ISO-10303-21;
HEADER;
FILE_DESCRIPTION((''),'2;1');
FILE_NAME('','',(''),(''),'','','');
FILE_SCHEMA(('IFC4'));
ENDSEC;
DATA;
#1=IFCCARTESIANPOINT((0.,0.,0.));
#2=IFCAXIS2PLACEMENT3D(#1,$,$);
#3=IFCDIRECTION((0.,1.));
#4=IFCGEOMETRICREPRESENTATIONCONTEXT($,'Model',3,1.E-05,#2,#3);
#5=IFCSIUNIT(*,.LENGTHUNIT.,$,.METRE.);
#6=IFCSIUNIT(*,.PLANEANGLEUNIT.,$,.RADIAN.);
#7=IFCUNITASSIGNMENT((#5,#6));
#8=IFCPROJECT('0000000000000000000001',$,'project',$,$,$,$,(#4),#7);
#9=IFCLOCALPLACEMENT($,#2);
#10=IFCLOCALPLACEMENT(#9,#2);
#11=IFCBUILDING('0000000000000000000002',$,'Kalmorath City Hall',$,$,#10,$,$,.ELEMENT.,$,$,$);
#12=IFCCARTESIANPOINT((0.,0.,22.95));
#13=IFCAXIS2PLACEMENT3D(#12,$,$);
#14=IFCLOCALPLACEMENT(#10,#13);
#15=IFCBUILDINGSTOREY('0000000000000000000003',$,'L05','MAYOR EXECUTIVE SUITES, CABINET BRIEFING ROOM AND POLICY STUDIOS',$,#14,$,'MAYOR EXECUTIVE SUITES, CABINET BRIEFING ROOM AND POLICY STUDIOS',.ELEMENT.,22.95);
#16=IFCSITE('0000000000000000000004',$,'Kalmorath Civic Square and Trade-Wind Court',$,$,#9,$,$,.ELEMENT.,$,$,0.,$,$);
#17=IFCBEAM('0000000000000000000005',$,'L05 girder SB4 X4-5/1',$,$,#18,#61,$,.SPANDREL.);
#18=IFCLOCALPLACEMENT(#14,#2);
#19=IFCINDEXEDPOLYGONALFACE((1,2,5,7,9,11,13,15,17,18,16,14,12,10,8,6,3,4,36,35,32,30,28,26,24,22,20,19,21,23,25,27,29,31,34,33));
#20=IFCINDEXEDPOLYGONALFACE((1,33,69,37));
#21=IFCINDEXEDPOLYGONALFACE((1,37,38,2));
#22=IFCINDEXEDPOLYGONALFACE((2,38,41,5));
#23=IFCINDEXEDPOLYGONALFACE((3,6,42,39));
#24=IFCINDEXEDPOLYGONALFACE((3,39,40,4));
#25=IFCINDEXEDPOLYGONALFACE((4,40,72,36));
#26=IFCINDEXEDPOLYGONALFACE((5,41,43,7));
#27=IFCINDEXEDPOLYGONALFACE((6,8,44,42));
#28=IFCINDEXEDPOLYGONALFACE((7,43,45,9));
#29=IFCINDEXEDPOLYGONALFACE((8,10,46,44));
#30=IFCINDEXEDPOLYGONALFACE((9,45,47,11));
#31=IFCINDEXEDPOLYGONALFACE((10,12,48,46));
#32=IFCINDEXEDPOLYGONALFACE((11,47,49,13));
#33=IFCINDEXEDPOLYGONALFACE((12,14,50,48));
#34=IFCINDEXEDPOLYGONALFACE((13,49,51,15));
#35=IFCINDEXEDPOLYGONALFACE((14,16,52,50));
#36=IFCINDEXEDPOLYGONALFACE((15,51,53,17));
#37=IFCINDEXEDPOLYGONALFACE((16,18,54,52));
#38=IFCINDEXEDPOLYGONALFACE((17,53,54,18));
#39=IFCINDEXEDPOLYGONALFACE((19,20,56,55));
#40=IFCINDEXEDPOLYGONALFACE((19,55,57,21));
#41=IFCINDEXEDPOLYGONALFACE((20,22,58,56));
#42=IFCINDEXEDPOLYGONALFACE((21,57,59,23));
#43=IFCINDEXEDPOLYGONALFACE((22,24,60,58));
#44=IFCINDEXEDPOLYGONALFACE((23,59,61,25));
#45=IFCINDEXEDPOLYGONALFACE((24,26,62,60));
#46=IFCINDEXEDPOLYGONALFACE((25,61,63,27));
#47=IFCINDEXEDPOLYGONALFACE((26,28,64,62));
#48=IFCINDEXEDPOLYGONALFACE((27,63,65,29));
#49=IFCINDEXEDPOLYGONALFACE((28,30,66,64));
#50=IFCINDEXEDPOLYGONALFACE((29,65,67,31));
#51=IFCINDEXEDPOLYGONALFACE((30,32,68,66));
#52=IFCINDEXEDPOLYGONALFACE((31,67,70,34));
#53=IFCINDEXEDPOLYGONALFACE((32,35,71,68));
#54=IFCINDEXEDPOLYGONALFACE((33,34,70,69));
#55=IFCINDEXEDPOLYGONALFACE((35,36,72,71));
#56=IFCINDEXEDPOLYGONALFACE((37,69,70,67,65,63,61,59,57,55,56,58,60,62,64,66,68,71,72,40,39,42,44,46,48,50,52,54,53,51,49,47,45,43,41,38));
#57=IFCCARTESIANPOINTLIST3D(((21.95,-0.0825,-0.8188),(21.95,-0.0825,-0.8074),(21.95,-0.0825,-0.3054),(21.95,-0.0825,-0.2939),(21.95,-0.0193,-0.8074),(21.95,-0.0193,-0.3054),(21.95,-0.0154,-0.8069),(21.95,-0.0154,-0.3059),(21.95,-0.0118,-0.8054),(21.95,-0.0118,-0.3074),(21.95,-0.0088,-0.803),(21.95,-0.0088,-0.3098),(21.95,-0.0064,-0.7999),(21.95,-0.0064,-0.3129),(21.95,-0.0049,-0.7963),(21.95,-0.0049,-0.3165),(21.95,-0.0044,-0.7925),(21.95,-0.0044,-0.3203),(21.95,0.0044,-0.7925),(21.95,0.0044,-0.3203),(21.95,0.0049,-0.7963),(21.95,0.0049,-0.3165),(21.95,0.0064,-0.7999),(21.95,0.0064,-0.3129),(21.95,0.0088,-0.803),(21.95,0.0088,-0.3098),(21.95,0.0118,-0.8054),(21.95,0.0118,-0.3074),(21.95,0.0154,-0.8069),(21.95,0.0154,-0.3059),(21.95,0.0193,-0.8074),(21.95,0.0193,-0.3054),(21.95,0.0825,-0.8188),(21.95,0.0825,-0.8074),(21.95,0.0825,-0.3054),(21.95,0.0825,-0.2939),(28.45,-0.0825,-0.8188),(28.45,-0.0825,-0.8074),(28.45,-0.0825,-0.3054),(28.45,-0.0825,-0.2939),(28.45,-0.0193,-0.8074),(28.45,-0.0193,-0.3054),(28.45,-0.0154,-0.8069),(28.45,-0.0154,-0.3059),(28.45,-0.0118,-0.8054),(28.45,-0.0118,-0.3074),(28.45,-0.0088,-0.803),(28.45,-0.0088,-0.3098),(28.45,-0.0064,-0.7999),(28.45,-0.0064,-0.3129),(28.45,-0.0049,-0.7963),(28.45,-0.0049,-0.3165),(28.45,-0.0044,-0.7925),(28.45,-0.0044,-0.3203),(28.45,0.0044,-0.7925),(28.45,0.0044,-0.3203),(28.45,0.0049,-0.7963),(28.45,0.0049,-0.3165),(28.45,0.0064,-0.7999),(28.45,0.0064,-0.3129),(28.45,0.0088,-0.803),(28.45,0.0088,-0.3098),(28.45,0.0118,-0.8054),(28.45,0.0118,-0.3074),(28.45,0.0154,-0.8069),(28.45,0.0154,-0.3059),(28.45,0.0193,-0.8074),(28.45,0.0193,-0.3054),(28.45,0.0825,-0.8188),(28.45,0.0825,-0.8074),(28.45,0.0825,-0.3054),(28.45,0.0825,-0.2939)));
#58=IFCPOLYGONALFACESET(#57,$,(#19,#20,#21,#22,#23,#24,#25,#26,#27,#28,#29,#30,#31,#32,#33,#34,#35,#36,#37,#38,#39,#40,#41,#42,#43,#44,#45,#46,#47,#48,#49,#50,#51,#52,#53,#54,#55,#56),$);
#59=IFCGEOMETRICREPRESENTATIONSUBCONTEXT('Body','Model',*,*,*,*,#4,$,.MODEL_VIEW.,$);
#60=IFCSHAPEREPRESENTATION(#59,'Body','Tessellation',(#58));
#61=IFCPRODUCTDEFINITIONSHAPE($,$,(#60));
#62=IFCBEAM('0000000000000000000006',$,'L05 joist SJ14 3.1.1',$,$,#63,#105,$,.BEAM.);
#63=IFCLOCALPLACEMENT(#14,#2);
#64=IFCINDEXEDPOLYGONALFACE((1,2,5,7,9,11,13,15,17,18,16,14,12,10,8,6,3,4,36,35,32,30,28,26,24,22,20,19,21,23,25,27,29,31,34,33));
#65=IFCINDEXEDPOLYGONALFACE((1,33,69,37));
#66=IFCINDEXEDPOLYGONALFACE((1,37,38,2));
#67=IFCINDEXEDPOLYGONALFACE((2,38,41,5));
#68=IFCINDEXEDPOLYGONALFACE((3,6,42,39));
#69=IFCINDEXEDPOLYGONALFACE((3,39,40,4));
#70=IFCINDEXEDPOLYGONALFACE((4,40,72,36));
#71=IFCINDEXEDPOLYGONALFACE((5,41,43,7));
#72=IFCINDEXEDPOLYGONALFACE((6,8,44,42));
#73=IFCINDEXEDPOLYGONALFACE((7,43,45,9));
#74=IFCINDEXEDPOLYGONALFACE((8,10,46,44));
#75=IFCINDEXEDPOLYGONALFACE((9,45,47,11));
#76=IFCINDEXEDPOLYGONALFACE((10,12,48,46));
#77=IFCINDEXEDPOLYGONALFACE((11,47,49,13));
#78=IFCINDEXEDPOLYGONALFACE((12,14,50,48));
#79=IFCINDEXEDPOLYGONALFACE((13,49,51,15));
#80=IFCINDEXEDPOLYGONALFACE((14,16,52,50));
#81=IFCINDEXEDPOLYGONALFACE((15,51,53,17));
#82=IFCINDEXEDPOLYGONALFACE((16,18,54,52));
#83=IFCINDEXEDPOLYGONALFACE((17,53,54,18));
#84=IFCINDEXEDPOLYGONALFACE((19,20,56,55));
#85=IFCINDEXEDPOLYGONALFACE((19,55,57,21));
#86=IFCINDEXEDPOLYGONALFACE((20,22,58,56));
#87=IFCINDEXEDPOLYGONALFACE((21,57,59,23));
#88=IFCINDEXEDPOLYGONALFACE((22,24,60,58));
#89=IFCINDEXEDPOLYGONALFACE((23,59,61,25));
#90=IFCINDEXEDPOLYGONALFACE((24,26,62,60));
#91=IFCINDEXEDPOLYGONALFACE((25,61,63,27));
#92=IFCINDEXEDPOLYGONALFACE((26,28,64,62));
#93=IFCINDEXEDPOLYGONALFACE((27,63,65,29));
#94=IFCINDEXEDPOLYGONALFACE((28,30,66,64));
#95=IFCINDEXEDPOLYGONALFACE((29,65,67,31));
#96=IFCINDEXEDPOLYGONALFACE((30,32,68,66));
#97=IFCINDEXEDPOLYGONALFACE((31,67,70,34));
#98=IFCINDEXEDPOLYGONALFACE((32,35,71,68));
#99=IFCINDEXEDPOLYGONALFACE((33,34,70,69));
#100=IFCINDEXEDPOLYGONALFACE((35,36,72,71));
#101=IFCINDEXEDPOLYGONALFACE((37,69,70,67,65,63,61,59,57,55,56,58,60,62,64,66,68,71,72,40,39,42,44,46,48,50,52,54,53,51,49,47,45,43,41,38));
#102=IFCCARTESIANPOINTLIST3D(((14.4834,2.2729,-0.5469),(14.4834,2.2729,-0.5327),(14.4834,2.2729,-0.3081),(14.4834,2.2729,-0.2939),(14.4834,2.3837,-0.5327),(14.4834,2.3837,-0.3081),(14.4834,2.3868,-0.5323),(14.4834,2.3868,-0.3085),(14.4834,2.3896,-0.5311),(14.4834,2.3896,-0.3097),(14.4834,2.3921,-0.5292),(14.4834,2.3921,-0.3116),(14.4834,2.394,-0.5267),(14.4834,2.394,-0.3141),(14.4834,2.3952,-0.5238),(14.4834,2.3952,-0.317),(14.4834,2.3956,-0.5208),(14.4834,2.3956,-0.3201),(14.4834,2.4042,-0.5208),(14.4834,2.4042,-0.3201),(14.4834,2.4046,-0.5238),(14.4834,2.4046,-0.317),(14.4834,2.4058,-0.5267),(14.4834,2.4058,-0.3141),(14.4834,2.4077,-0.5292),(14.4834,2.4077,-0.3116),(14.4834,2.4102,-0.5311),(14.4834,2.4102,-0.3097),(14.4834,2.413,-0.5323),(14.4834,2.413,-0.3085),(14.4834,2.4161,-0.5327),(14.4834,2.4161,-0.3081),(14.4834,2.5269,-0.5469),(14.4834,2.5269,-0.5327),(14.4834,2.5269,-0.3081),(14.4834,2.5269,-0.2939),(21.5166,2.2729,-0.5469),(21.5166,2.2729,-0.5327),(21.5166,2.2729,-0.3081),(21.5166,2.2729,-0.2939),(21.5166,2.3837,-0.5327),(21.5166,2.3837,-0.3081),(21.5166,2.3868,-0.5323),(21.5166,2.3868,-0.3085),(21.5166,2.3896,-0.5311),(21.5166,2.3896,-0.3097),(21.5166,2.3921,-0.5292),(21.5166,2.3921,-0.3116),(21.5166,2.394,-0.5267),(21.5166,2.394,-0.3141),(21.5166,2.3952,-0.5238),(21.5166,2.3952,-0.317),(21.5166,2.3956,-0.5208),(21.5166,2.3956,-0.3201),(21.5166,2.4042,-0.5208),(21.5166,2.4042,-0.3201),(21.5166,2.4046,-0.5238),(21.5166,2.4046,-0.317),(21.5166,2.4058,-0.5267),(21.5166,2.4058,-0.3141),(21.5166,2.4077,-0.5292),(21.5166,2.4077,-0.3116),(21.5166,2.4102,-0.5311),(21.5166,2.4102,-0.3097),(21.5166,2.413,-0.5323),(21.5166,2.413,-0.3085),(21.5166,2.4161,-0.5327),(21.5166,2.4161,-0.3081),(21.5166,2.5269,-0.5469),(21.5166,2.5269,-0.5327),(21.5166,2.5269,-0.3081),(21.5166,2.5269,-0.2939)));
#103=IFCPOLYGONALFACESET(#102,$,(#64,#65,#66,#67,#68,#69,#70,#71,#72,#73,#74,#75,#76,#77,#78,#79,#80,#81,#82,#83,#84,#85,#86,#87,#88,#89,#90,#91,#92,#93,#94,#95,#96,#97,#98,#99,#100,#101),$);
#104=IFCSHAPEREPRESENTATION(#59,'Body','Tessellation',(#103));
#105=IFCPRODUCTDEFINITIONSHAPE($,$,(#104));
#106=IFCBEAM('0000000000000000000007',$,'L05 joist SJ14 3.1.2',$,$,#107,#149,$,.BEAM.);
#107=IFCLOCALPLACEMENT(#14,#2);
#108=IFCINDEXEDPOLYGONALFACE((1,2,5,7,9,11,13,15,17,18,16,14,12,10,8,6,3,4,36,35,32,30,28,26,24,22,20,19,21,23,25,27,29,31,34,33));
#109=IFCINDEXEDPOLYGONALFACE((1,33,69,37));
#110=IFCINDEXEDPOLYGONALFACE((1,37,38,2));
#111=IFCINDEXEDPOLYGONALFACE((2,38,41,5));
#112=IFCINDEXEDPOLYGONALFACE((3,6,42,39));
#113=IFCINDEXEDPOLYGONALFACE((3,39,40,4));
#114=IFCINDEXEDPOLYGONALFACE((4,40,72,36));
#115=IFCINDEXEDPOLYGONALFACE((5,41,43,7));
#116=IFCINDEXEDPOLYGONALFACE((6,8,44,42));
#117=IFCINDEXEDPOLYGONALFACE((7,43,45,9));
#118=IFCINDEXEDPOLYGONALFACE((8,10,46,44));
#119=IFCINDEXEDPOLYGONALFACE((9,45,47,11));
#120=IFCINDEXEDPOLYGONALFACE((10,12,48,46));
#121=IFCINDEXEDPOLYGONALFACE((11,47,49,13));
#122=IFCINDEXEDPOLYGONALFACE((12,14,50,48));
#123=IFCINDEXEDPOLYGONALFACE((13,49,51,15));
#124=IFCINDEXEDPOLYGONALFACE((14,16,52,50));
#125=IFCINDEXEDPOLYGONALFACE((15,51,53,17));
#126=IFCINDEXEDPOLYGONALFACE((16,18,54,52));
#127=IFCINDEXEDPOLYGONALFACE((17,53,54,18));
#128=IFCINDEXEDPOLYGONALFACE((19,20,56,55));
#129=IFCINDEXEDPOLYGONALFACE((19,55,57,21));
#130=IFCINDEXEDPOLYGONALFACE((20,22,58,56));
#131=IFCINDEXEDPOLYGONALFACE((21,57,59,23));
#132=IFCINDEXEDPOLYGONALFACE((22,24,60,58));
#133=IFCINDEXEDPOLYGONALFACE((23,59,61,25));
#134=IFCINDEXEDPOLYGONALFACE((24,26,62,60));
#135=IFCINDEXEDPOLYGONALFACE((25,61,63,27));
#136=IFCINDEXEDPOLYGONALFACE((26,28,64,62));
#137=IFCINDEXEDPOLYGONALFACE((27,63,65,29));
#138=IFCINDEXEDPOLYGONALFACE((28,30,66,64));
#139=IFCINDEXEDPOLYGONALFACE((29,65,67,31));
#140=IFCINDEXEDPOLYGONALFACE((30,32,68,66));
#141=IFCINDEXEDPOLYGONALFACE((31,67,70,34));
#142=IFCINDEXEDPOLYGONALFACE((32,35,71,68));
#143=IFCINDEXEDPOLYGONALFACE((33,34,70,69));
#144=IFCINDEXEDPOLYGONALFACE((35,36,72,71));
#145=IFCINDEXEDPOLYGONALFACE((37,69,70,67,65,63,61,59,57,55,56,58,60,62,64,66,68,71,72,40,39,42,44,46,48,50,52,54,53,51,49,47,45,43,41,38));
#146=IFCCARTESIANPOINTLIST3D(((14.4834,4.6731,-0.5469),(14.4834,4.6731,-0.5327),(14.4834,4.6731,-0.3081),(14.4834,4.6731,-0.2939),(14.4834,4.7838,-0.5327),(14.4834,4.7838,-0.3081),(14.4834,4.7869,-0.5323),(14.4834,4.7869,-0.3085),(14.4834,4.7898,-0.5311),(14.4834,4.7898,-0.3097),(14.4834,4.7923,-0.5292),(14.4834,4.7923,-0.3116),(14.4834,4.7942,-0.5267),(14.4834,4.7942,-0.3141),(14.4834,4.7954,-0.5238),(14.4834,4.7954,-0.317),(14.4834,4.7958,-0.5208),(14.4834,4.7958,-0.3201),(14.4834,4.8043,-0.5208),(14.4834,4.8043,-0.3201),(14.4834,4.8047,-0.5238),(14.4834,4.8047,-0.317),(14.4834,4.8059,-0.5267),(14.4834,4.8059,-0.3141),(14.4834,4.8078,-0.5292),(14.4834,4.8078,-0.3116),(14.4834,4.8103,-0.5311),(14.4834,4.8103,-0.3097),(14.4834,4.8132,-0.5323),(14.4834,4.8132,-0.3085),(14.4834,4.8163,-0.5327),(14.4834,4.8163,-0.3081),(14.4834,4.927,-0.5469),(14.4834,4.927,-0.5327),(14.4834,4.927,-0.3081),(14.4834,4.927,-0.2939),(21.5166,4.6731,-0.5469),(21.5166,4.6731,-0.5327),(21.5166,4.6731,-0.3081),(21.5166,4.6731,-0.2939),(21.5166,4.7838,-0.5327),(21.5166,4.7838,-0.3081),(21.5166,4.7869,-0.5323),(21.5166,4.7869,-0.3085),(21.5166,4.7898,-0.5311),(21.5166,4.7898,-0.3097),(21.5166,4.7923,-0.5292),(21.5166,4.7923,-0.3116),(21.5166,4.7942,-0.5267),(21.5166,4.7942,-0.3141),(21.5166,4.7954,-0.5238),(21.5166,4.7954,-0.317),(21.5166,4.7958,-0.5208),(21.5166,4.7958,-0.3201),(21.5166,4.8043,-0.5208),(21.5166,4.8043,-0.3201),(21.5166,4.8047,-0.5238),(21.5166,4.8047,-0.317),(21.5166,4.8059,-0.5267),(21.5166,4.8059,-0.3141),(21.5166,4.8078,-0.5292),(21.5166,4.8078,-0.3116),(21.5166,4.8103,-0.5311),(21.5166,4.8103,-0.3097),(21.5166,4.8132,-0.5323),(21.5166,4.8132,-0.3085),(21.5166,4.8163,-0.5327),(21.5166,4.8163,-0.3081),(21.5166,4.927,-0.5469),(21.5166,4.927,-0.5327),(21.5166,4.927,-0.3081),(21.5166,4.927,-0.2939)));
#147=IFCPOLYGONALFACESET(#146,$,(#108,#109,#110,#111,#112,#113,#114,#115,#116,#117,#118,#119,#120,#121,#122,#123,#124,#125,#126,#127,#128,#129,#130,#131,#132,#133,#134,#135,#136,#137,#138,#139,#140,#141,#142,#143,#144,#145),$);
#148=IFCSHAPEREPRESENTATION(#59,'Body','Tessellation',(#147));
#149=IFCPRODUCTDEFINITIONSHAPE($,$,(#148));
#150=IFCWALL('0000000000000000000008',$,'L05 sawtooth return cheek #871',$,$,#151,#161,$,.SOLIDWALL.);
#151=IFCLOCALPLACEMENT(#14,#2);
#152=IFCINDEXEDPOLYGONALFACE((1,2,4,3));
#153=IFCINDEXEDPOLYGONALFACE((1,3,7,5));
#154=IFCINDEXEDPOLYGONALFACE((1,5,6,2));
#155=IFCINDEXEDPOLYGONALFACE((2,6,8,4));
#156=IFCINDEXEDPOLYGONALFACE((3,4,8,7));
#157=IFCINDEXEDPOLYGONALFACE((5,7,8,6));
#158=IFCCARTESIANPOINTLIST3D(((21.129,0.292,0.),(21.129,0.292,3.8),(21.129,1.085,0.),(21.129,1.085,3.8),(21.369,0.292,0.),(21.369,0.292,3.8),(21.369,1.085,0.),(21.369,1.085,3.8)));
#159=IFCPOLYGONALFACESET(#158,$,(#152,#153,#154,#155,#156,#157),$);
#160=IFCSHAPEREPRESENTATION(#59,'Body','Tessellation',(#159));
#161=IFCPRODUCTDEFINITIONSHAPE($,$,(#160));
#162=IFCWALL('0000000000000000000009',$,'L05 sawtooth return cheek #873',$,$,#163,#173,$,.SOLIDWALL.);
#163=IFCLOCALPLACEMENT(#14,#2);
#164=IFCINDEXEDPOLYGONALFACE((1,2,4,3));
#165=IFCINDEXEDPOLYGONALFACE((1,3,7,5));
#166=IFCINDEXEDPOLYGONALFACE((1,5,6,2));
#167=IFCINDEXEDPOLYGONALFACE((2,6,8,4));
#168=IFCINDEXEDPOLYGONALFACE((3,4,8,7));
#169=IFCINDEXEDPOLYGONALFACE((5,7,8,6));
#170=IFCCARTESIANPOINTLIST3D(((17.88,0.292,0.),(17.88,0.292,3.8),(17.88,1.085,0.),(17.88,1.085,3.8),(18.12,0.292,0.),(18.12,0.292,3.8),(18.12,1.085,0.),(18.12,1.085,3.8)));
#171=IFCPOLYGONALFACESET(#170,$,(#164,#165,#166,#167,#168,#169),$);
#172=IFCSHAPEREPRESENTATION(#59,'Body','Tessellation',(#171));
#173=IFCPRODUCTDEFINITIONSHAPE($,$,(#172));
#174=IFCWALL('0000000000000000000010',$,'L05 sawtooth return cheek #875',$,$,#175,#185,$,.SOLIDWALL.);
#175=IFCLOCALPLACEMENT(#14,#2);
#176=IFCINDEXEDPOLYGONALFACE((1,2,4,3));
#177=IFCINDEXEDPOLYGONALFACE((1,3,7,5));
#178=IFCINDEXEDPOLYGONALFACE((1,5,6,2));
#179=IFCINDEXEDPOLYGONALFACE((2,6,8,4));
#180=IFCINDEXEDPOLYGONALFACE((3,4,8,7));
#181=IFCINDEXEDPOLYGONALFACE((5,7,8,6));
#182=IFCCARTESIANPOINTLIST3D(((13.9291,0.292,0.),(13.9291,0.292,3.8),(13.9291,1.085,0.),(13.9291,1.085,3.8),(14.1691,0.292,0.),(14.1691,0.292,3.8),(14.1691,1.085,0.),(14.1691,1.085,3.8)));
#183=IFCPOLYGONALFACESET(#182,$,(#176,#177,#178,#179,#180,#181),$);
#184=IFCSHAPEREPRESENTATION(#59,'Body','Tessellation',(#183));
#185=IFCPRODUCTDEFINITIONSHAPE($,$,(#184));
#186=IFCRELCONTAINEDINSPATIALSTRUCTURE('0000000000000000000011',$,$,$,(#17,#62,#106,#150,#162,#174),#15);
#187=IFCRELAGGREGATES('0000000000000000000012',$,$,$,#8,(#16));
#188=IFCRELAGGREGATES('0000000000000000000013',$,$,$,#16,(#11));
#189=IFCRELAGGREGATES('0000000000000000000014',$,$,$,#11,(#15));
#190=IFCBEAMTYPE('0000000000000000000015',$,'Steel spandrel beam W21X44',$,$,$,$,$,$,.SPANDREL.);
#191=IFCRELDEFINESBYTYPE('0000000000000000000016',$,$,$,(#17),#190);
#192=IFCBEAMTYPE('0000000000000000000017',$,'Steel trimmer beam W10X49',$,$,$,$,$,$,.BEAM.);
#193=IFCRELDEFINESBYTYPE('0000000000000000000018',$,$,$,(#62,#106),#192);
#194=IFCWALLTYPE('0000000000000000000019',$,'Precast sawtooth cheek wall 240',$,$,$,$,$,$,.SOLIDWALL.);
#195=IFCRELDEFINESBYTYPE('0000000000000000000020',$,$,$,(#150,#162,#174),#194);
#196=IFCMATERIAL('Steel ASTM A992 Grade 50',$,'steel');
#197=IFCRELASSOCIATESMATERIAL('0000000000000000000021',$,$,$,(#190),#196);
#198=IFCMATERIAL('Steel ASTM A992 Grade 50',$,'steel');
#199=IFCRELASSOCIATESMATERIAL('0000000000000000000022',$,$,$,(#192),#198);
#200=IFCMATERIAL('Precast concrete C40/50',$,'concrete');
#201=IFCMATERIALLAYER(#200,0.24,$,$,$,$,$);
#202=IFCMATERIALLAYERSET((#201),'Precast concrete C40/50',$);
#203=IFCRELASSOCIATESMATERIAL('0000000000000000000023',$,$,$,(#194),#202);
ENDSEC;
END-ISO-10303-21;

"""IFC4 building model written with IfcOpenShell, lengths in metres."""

from ifc_helpers import new_model, si_unit, direction, frame, frame_2d, origin, origin_2d, place, context, subcontext, project, spatial, rectangle, i_section, extrude, material, layer, layer_set, material_profile, profile_set, type_object, element, save


model = new_model("IFC4")

# Units and contexts
model_context = context("Model", 3, precision=1e-05, world=origin(), true_north=direction((0.0, 1.0)))
body_context = subcontext(model_context, "Body", "Model", "MODEL_VIEW")
ifc_project = project(units=[si_unit("LENGTHUNIT", "METRE"), si_unit("PLANEANGLEUNIT", "RADIAN")], contexts=[model_context])

# Site, building, storey
site_placement = place(None, origin())
site = spatial("IfcSite", under=ifc_project, at=site_placement, Name="Kalmorath Civic Square and Trade-Wind Court", CompositionType="ELEMENT", RefElevation=0.0)
building_placement = place(site_placement, origin())
building = spatial("IfcBuilding", under=site, at=building_placement, Name="Kalmorath City Hall", CompositionType="ELEMENT")
storey_placement = place(building_placement, frame((0.0, 0.0, 22.95)))
storey = spatial("IfcBuildingStorey", under=building, at=storey_placement, Name="L05", Description="MAYOR EXECUTIVE SUITES, CABINET BRIEFING ROOM AND POLICY STUDIOS", LongName="MAYOR EXECUTIVE SUITES, CABINET BRIEFING ROOM AND POLICY STUDIOS", CompositionType="ELEMENT", Elevation=22.95)

# Beams
ifc_material_1 = material(Name="Steel ASTM A992 Grade 50", Category="steel")
ifc_material_profile_1 = material_profile(ifc_material_1, i_section(OverallWidth=0.165, OverallDepth=0.5249, WebThickness=0.0088, FlangeThickness=0.0115, FilletRadius=0.0149, at=origin_2d()), Name="W21X44")
ifc_profile_set_1 = profile_set([ifc_material_profile_1], Name="Steel ASTM A992 Grade 50")
beam_type_1 = type_object("IfcBeamType", Name="Steel spandrel beam W21X44", PredefinedType="SPANDREL", material=ifc_profile_set_1)
for number, where, z_axis, x_axis, name in (
    (1, (21.95, 0.0, -0.5564), (1.0, 0.0, 0.0), (0.0, 1.0, 0.0), "L05 girder SB4 X4-5/1"),
):
    element("IfcBeam", number, at=place(storey_placement, frame(where, z_axis=z_axis, x_axis=x_axis)), inside=storey, type_object=beam_type_1, Name=name, PredefinedType="SPANDREL", context=body_context, shape_type="SweptSolid", body=[
        extrude(i_section(OverallWidth=0.165, OverallDepth=0.5249, WebThickness=0.0088, FlangeThickness=0.0115, FilletRadius=0.0149, at=origin_2d()), origin(), (0.0, 0.0, 1.0), 6.5),
    ])
ifc_material_2 = material(Name="Steel ASTM A992 Grade 50", Category="steel")
ifc_material_profile_2 = material_profile(ifc_material_2, i_section(OverallWidth=0.2539, OverallDepth=0.2529, WebThickness=0.0085, FlangeThickness=0.0142, FilletRadius=0.012, at=origin_2d()), Name="W10X49")
ifc_profile_set_2 = profile_set([ifc_material_profile_2], Name="Steel ASTM A992 Grade 50")
beam_type_2 = type_object("IfcBeamType", Name="Steel trimmer beam W10X49", PredefinedType="BEAM", material=ifc_profile_set_2)
for number, where, z_axis, x_axis, name in (
    (2, (14.4834, 2.3999, -0.4204), (1.0, 0.0, 0.0), (0.0, 1.0, 0.0), "L05 joist SJ14 3.1.1"),
    (3, (14.4834, 4.8, -0.4204), (1.0, 0.0, 0.0), (0.0, 1.0, 0.0), "L05 joist SJ14 3.1.2"),
):
    element("IfcBeam", number, at=place(storey_placement, frame(where, z_axis=z_axis, x_axis=x_axis)), inside=storey, type_object=beam_type_2, Name=name, PredefinedType="BEAM", context=body_context, shape_type="SweptSolid", body=[
        extrude(i_section(OverallWidth=0.2539, OverallDepth=0.2529, WebThickness=0.0085, FlangeThickness=0.0142, FilletRadius=0.012, at=origin_2d()), origin(), (0.0, 0.0, 1.0), 7.0332),
    ])

# Walls
ifc_material_3 = material(Name="Precast concrete C40/50", Category="concrete")
ifc_layer_1 = layer(ifc_material_3, 0.24)
ifc_layer_set_1 = layer_set([ifc_layer_1], Name="Precast concrete C40/50")
wall_type_1 = type_object("IfcWallType", Name="Precast sawtooth cheek wall 240", PredefinedType="SOLIDWALL", material=ifc_layer_set_1)
for number, where, z_axis, x_axis, name in (
    (4, (21.249, 1.085, 0.0), (0.0, 0.0, 1.0), (0.0, -1.0, 0.0), "L05 sawtooth return cheek #871"),
    (5, (18.0, 1.085, 0.0), (0.0, 0.0, 1.0), (0.0, -1.0, 0.0), "L05 sawtooth return cheek #873"),
    (6, (14.0491, 1.085, 0.0), (0.0, 0.0, 1.0), (0.0, -1.0, 0.0), "L05 sawtooth return cheek #875"),
):
    element("IfcWall", number, at=place(storey_placement, frame(where, z_axis=z_axis, x_axis=x_axis)), inside=storey, type_object=wall_type_1, Name=name, PredefinedType="SOLIDWALL", context=body_context, shape_type="SweptSolid", body=[
        extrude(rectangle(XDim=0.793, YDim=0.24, at=frame_2d((0.3965, 0.0))), origin(), (0.0, 0.0, 1.0), 3.8),
    ])

save(model, "model.ifc")
